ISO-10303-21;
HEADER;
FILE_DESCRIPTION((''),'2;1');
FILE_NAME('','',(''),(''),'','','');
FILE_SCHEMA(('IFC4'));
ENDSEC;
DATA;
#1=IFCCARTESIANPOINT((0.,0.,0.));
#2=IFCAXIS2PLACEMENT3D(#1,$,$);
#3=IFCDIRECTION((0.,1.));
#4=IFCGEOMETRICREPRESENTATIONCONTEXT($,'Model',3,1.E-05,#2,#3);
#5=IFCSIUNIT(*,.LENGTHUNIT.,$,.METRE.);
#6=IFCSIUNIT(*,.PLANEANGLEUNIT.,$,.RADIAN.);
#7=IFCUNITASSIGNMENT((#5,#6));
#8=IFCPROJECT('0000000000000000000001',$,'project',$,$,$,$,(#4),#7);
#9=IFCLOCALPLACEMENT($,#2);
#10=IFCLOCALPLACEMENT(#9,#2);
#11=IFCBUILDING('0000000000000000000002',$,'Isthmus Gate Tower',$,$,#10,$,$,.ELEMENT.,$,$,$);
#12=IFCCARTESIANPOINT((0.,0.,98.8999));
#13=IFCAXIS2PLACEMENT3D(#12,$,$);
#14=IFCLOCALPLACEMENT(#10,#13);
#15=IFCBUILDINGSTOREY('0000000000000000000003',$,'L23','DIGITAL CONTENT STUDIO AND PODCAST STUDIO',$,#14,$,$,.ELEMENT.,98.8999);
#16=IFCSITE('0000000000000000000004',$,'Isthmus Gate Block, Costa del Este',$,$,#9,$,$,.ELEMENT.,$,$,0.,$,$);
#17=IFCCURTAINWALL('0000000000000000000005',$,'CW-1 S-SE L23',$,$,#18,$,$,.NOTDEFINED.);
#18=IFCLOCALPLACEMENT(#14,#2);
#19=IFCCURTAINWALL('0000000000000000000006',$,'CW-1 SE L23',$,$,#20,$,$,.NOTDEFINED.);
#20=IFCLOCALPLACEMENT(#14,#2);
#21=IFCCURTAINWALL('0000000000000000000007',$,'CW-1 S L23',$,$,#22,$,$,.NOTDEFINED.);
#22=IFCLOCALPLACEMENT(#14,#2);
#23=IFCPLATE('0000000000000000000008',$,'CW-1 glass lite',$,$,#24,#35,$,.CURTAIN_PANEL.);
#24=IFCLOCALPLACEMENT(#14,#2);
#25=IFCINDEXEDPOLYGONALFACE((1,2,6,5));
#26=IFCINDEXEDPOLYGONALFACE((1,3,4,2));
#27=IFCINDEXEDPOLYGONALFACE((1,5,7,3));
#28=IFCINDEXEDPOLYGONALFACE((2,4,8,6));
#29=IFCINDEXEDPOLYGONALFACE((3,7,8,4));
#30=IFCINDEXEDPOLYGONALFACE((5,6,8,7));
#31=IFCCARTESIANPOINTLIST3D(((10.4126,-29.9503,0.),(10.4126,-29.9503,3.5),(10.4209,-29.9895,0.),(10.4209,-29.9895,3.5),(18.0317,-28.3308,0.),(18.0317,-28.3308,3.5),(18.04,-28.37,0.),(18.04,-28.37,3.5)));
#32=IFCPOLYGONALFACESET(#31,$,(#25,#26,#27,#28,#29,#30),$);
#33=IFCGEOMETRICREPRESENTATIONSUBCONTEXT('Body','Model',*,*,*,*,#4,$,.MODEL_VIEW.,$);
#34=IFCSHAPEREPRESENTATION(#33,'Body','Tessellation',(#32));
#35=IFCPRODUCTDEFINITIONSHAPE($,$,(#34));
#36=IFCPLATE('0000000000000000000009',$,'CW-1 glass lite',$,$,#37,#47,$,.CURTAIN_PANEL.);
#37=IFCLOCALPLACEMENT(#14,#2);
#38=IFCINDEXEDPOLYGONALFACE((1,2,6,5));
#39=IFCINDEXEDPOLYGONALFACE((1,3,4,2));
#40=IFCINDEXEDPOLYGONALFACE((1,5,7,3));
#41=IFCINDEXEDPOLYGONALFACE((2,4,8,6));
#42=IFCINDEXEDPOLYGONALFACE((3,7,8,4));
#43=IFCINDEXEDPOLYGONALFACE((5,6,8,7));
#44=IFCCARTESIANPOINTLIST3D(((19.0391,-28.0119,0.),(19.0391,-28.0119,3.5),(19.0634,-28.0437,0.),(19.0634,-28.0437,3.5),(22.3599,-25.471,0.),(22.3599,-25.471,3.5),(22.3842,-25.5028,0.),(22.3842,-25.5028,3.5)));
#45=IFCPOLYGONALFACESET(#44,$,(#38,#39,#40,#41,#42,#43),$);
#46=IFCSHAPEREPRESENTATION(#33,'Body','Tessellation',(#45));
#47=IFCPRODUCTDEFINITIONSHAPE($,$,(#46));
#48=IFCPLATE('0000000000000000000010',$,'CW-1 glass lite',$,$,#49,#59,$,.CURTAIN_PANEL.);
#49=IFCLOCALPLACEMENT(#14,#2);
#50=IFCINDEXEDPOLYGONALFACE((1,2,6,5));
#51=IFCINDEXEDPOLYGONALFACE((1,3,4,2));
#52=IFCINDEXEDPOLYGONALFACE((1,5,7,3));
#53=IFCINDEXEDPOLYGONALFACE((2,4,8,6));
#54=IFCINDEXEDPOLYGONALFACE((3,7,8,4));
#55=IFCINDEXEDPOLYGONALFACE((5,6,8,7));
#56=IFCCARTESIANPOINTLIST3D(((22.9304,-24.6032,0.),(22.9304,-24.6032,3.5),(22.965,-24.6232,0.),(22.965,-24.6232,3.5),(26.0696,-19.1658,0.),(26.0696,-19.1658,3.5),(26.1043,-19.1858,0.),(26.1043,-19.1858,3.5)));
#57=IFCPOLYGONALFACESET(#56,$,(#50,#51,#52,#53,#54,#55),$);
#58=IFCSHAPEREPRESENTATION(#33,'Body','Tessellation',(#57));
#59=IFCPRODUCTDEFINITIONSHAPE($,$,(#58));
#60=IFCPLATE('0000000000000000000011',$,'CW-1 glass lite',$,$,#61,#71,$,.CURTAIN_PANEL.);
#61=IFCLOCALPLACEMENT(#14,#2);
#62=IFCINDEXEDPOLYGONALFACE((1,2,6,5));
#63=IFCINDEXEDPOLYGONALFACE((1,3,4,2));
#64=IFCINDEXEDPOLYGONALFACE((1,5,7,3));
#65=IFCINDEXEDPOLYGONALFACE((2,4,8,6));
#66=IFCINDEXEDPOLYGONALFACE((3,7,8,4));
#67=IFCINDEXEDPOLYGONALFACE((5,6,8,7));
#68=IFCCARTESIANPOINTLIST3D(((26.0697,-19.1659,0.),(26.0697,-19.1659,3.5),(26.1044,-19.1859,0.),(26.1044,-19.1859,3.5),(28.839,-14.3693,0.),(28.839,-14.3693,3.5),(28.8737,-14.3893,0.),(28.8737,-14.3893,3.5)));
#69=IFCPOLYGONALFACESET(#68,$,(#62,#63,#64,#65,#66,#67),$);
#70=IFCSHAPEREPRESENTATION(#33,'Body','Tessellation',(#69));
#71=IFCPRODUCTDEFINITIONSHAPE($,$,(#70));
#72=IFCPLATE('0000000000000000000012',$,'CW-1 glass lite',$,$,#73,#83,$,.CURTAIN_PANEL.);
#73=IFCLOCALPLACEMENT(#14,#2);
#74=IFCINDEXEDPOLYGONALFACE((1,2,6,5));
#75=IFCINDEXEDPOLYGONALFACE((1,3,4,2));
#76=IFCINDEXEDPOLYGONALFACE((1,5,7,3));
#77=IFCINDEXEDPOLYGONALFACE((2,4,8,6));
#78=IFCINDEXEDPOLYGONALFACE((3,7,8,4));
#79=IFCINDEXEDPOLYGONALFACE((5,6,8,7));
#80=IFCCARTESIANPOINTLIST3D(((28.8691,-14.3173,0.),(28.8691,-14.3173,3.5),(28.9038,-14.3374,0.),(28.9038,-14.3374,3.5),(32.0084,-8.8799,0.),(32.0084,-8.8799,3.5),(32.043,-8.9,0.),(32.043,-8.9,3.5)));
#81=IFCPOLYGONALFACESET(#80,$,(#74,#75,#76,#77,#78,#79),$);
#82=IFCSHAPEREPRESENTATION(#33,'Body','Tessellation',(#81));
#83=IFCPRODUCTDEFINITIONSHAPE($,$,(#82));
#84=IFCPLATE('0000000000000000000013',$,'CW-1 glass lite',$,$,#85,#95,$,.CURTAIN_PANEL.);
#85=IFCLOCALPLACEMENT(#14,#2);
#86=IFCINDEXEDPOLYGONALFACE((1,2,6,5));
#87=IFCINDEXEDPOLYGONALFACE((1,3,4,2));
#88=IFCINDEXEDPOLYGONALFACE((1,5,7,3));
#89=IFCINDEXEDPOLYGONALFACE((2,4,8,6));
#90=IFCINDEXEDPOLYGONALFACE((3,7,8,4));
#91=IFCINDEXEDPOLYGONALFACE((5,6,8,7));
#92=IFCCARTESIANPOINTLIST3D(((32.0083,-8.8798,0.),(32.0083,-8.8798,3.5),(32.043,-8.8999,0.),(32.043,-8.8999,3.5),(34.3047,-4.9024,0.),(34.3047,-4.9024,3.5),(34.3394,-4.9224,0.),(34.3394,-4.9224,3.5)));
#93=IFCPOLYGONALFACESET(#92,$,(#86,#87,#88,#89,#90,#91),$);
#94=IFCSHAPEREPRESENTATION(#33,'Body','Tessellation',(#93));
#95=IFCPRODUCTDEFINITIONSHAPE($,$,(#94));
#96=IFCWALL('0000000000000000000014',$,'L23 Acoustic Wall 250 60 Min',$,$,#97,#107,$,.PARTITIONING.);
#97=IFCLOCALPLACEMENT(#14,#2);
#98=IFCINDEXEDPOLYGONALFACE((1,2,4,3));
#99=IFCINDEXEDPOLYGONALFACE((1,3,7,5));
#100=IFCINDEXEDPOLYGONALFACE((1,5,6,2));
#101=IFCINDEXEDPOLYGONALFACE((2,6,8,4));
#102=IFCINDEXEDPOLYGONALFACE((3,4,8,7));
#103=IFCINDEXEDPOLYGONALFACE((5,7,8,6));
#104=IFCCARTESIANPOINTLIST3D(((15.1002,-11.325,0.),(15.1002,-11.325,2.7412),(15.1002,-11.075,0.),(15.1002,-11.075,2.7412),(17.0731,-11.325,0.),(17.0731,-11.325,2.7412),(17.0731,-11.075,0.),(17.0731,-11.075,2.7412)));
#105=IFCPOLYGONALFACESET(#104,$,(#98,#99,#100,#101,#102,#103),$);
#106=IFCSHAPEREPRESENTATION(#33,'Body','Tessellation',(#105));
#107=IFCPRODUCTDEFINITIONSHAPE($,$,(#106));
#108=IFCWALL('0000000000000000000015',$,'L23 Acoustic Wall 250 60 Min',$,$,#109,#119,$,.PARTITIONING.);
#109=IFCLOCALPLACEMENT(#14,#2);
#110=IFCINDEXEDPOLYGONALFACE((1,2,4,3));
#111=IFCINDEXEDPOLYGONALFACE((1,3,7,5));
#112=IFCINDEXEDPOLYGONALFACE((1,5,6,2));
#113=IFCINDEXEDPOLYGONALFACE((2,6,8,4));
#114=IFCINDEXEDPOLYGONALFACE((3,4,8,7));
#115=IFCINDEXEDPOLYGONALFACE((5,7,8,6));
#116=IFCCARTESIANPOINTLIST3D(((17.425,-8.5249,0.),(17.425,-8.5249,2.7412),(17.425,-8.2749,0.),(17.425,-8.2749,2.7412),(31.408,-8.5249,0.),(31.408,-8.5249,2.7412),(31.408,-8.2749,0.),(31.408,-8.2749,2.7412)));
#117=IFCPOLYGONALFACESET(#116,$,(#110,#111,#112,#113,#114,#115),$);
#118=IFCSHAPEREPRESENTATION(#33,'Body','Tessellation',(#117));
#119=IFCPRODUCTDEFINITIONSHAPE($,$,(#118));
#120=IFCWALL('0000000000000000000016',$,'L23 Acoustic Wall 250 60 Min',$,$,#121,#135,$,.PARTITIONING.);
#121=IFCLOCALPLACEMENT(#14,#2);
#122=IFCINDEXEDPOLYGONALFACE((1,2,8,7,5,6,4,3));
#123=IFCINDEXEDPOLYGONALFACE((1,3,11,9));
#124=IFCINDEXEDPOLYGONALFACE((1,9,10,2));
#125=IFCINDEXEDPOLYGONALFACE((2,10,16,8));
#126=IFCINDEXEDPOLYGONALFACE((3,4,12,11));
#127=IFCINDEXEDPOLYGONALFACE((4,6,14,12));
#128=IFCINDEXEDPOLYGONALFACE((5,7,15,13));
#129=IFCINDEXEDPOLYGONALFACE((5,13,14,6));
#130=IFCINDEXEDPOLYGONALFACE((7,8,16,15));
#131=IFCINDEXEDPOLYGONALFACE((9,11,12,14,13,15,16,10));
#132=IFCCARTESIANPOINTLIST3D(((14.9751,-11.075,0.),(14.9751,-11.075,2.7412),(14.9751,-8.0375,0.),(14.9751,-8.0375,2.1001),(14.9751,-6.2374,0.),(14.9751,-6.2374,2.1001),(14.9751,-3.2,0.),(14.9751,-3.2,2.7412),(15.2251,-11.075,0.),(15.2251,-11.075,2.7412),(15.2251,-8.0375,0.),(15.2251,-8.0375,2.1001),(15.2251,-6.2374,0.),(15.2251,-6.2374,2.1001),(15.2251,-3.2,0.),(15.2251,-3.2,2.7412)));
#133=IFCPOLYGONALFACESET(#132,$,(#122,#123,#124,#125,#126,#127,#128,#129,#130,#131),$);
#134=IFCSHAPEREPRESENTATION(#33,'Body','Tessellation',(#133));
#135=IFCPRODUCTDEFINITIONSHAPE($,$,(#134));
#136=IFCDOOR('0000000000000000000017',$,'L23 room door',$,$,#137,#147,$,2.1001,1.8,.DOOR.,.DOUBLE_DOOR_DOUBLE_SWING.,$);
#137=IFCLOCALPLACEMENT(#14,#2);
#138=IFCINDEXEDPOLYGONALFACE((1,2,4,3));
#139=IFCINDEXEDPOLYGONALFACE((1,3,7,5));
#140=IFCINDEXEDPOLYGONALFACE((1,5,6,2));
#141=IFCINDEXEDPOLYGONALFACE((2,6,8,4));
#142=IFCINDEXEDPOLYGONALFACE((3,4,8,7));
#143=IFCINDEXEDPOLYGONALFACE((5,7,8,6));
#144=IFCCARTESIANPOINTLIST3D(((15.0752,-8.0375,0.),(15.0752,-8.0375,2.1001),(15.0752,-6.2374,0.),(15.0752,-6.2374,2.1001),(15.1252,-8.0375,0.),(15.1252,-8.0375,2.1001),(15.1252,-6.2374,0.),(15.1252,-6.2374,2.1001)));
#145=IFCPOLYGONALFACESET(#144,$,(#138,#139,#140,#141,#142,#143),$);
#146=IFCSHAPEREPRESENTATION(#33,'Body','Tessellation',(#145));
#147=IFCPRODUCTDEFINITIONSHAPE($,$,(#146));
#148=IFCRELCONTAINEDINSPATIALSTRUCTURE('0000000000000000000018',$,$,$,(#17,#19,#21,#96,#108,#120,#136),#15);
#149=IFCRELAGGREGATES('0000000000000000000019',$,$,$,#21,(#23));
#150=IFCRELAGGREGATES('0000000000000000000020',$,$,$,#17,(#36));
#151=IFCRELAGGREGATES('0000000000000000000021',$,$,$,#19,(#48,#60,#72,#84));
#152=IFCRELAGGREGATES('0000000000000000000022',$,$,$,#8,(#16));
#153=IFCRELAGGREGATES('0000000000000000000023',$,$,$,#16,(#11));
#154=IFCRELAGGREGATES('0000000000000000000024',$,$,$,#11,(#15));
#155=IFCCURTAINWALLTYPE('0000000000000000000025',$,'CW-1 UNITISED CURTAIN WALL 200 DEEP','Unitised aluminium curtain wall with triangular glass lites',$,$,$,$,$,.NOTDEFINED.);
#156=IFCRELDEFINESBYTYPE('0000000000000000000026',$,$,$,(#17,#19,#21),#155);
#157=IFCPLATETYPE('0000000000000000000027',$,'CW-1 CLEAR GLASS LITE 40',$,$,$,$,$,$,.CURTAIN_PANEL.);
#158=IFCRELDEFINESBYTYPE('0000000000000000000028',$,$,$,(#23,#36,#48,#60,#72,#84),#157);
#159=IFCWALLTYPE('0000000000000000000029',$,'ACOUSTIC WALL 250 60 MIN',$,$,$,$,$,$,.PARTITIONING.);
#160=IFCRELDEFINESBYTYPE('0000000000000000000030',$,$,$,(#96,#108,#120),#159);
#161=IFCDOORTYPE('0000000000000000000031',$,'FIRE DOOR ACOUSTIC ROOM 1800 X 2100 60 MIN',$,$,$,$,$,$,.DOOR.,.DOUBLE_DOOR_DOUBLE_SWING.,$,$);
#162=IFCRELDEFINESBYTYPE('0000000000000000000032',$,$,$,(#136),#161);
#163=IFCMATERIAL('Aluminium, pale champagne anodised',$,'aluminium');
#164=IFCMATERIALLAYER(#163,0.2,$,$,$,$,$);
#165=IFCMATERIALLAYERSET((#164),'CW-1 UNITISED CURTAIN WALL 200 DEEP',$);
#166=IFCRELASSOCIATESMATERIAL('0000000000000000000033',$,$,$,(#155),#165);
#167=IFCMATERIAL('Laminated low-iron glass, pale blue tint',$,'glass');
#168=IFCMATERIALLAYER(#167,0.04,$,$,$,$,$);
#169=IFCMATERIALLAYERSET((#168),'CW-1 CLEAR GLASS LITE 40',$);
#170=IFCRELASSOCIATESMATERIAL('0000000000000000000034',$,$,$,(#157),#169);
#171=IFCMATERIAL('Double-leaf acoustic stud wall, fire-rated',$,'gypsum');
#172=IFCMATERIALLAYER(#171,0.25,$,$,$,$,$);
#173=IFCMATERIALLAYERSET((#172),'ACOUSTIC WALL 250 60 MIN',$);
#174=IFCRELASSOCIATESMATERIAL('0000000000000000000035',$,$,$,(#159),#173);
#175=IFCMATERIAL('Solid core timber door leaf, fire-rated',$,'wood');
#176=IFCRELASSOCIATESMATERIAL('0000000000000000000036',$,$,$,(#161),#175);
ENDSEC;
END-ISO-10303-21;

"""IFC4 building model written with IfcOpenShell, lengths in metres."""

from ifc_helpers import new_model, si_unit, direction, frame, frame_2d, origin, origin_2d, place, context, subcontext, project, spatial, rectangle, extrude, material, layer, layer_set, type_object, element, fill, aggregate, save


model = new_model("IFC4")

# Units and contexts
model_context = context("Model", 3, precision=1e-05, world=origin(), true_north=direction((0.0, 1.0)))
body_context = subcontext(model_context, "Body", "Model", "MODEL_VIEW")
ifc_project = project(units=[si_unit("LENGTHUNIT", "METRE"), si_unit("PLANEANGLEUNIT", "RADIAN")], contexts=[model_context])

# Site, building, storey
site_placement = place(None, origin())
site = spatial("IfcSite", under=ifc_project, at=site_placement, Name="Isthmus Gate Block, Costa del Este", CompositionType="ELEMENT", RefElevation=0.0)
building_placement = place(site_placement, origin())
building = spatial("IfcBuilding", under=site, at=building_placement, Name="Isthmus Gate Tower", CompositionType="ELEMENT")
storey_placement = place(building_placement, frame((0.0, 0.0, 98.8999)))
storey = spatial("IfcBuildingStorey", under=building, at=storey_placement, Name="L23", Description="DIGITAL CONTENT STUDIO AND PODCAST STUDIO", CompositionType="ELEMENT", Elevation=98.8999)

# Curtain wall
ifc_material_1 = material(Name="Aluminium, pale champagne anodised", Category="aluminium")
ifc_layer_1 = layer(ifc_material_1, 0.2)
ifc_layer_set_1 = layer_set([ifc_layer_1], Name="CW-1 UNITISED CURTAIN WALL 200 DEEP")
curtain_wall_type = type_object("IfcCurtainWallType", Name="CW-1 UNITISED CURTAIN WALL 200 DEEP", Description="Unitised aluminium curtain wall with triangular glass lites", PredefinedType="NOTDEFINED", material=ifc_layer_set_1)
curtain_wall_1_placement = place(storey_placement, origin())
curtain_wall_1 = element("IfcCurtainWall", 1, at=curtain_wall_1_placement, inside=storey, type_object=curtain_wall_type, Name="CW-1 S-SE L23", PredefinedType="NOTDEFINED")

# Curtain wall
curtain_wall_2_placement = place(storey_placement, origin())
curtain_wall_2 = element("IfcCurtainWall", 2, at=curtain_wall_2_placement, inside=storey, type_object=curtain_wall_type, Name="CW-1 SE L23", PredefinedType="NOTDEFINED")

# Curtain wall, plate
curtain_wall_3_placement = place(storey_placement, origin())
curtain_wall_3 = element("IfcCurtainWall", 3, at=curtain_wall_3_placement, inside=storey, type_object=curtain_wall_type, Name="CW-1 S L23", PredefinedType="NOTDEFINED")
ifc_material_2 = material(Name="Laminated low-iron glass, pale blue tint", Category="glass")
ifc_layer_2 = layer(ifc_material_2, 0.04)
ifc_layer_set_2 = layer_set([ifc_layer_2], Name="CW-1 CLEAR GLASS LITE 40")
plate_type = type_object("IfcPlateType", Name="CW-1 CLEAR GLASS LITE 40", PredefinedType="CURTAIN_PANEL", material=ifc_layer_set_2)
plate_1_placement = place(storey_placement, frame((14.2263, -29.1602, 0.0), z_axis=(0.0, 0.0, 1.0), x_axis=(0.978148, 0.207912, 0.0)))
plate_1 = element("IfcPlate", 4, at=plate_1_placement, type_object=plate_type, Name="CW-1 glass lite", PredefinedType="CURTAIN_PANEL", context=body_context, shape_type="SweptSolid", body=[
    extrude(rectangle(XDim=7.7893, YDim=0.04, at=origin_2d()), origin(), (0.0, 0.0, 1.0), 3.5),
])
aggregate(curtain_wall_3, [plate_1])

# Plates
plate_2_placement = place(storey_placement, frame((20.7117, -26.7573, 0.0), z_axis=(0.0, 0.0, 1.0), x_axis=(0.794189, 0.607671, 0.0)))
plate_2 = element("IfcPlate", 5, at=plate_2_placement, type_object=plate_type, Name="CW-1 glass lite", PredefinedType="CURTAIN_PANEL", context=body_context, shape_type="SweptSolid", body=[
    extrude(rectangle(XDim=4.1814, YDim=0.04, at=origin_2d()), origin(), (0.0, 0.0, 1.0), 3.5),
])
aggregate(curtain_wall_1, [plate_2])
plate_3_placement = place(storey_placement, frame((24.5173, -21.8945, 0.0), z_axis=(0.0, 0.0, 1.0), x_axis=(0.5, 0.866025, 0.0)))
plate_3 = element("IfcPlate", 6, at=plate_3_placement, type_object=plate_type, Name="CW-1 glass lite", PredefinedType="CURTAIN_PANEL", context=body_context, shape_type="SweptSolid", body=[
    extrude(rectangle(XDim=6.2786, YDim=0.04, at=origin_2d()), origin(), (0.0, 0.0, 1.0), 3.5),
])
plate_4_placement = place(storey_placement, frame((27.4717, -16.7776, 0.0), z_axis=(0.0, 0.0, 1.0), x_axis=(0.5, 0.866025, 0.0)))
plate_4 = element("IfcPlate", 7, at=plate_4_placement, type_object=plate_type, Name="CW-1 glass lite", PredefinedType="CURTAIN_PANEL", context=body_context, shape_type="SweptSolid", body=[
    extrude(rectangle(XDim=5.5386, YDim=0.04, at=origin_2d()), origin(), (0.0, 0.0, 1.0), 3.5),
])
plate_5_placement = place(storey_placement, frame((30.4561, -11.6086, 0.0), z_axis=(0.0, 0.0, 1.0), x_axis=(0.5, 0.866025, 0.0)))
plate_5 = element("IfcPlate", 8, at=plate_5_placement, type_object=plate_type, Name="CW-1 glass lite", PredefinedType="CURTAIN_PANEL", context=body_context, shape_type="SweptSolid", body=[
    extrude(rectangle(XDim=6.2786, YDim=0.04, at=origin_2d()), origin(), (0.0, 0.0, 1.0), 3.5),
])
plate_6_placement = place(storey_placement, frame((33.1738, -6.9011, 0.0), z_axis=(0.0, 0.0, 1.0), x_axis=(0.5, 0.866025, 0.0)))
plate_6 = element("IfcPlate", 9, at=plate_6_placement, type_object=plate_type, Name="CW-1 glass lite", PredefinedType="CURTAIN_PANEL", context=body_context, shape_type="SweptSolid", body=[
    extrude(rectangle(XDim=4.5928, YDim=0.04, at=origin_2d()), origin(), (0.0, 0.0, 1.0), 3.5),
])
aggregate(curtain_wall_2, [plate_3, plate_4, plate_5, plate_6])

# Walls
ifc_material_3 = material(Name="Double-leaf acoustic stud wall, fire-rated", Category="gypsum")
ifc_layer_3 = layer(ifc_material_3, 0.25)
ifc_layer_set_3 = layer_set([ifc_layer_3], Name="ACOUSTIC WALL 250 60 MIN")
wall_type = type_object("IfcWallType", Name="ACOUSTIC WALL 250 60 MIN", PredefinedType="PARTITIONING", material=ifc_layer_set_3)
wall_1_placement = place(storey_placement, frame((17.073, -11.2, 0.0), z_axis=(0.0, 0.0, 1.0), x_axis=(-1.0, 0.0, 0.0)))
element("IfcWall", 10, at=wall_1_placement, inside=storey, type_object=wall_type, Name="L23 Acoustic Wall 250 60 Min", PredefinedType="PARTITIONING", context=body_context, shape_type="SweptSolid", body=[
    extrude(rectangle(XDim=1.9729, YDim=0.25, at=frame_2d((0.9863, 0.0))), origin(), (0.0, 0.0, 1.0), 2.7412),
])
wall_2_placement = place(storey_placement, frame((17.425, -8.3999, 0.0), z_axis=(0.0, 0.0, 1.0), x_axis=(1.0, 0.0, 0.0)))
element("IfcWall", 11, at=wall_2_placement, inside=storey, type_object=wall_type, Name="L23 Acoustic Wall 250 60 Min", PredefinedType="PARTITIONING", context=body_context, shape_type="SweptSolid", body=[
    extrude(rectangle(XDim=13.9829, YDim=0.25, at=frame_2d((6.9915, 0.0))), origin(), (0.0, 0.0, 1.0), 2.7412),
])

# Wall, opening, door
wall_3_placement = place(storey_placement, frame((15.1001, -11.075, 0.0), z_axis=(0.0, 0.0, 1.0), x_axis=(0.0, 1.0, 0.0)))
wall_3 = element("IfcWall", 12, at=wall_3_placement, inside=storey, type_object=wall_type, Name="L23 Acoustic Wall 250 60 Min", PredefinedType="PARTITIONING", context=body_context, shape_type="SweptSolid", body=[
    extrude(rectangle(XDim=7.875, YDim=0.25, at=frame_2d((3.9375, 0.0))), origin(), (0.0, 0.0, 1.0), 2.7412),
])
opening_placement = place(wall_3_placement, frame((3.0376, 0.0, 0.0)))
opening = element("IfcOpeningElement", 13, at=opening_placement, cuts=wall_3, PredefinedType="OPENING", context=body_context, shape_type="SweptSolid", body=[
    extrude(rectangle(XDim=1.8, YDim=2.1001, at=frame_2d((0.8999, 1.05))), frame((0.0, 0.135, 0.0), z_axis=(0.0, -1.0, 0.0), x_axis=(1.0, 0.0, 0.0)), (0.0, 0.0, 1.0), 0.27),
])
ifc_material_4 = material(Name="Solid core timber door leaf, fire-rated", Category="wood")
door_type = type_object("IfcDoorType", Name="FIRE DOOR ACOUSTIC ROOM 1800 X 2100 60 MIN", OperationType="DOUBLE_DOOR_DOUBLE_SWING", PredefinedType="DOOR", material=ifc_material_4)
door_placement = place(opening_placement, origin())
door = element("IfcDoor", 14, at=door_placement, inside=storey, type_object=door_type, Name="L23 room door", OperationType="DOUBLE_DOOR_DOUBLE_SWING", OverallHeight=2.1001, OverallWidth=1.8, PredefinedType="DOOR", context=body_context, shape_type="SweptSolid", body=[
    extrude(rectangle(XDim=1.8, YDim=2.1001, at=frame_2d((0.8999, 1.05))), frame((0.0, 0.0249, 0.0), z_axis=(0.0, -1.0, 0.0), x_axis=(1.0, 0.0, 0.0)), (0.0, 0.0, 1.0), 0.05),
])
fill(opening, door)

save(model, "model.ifc")
